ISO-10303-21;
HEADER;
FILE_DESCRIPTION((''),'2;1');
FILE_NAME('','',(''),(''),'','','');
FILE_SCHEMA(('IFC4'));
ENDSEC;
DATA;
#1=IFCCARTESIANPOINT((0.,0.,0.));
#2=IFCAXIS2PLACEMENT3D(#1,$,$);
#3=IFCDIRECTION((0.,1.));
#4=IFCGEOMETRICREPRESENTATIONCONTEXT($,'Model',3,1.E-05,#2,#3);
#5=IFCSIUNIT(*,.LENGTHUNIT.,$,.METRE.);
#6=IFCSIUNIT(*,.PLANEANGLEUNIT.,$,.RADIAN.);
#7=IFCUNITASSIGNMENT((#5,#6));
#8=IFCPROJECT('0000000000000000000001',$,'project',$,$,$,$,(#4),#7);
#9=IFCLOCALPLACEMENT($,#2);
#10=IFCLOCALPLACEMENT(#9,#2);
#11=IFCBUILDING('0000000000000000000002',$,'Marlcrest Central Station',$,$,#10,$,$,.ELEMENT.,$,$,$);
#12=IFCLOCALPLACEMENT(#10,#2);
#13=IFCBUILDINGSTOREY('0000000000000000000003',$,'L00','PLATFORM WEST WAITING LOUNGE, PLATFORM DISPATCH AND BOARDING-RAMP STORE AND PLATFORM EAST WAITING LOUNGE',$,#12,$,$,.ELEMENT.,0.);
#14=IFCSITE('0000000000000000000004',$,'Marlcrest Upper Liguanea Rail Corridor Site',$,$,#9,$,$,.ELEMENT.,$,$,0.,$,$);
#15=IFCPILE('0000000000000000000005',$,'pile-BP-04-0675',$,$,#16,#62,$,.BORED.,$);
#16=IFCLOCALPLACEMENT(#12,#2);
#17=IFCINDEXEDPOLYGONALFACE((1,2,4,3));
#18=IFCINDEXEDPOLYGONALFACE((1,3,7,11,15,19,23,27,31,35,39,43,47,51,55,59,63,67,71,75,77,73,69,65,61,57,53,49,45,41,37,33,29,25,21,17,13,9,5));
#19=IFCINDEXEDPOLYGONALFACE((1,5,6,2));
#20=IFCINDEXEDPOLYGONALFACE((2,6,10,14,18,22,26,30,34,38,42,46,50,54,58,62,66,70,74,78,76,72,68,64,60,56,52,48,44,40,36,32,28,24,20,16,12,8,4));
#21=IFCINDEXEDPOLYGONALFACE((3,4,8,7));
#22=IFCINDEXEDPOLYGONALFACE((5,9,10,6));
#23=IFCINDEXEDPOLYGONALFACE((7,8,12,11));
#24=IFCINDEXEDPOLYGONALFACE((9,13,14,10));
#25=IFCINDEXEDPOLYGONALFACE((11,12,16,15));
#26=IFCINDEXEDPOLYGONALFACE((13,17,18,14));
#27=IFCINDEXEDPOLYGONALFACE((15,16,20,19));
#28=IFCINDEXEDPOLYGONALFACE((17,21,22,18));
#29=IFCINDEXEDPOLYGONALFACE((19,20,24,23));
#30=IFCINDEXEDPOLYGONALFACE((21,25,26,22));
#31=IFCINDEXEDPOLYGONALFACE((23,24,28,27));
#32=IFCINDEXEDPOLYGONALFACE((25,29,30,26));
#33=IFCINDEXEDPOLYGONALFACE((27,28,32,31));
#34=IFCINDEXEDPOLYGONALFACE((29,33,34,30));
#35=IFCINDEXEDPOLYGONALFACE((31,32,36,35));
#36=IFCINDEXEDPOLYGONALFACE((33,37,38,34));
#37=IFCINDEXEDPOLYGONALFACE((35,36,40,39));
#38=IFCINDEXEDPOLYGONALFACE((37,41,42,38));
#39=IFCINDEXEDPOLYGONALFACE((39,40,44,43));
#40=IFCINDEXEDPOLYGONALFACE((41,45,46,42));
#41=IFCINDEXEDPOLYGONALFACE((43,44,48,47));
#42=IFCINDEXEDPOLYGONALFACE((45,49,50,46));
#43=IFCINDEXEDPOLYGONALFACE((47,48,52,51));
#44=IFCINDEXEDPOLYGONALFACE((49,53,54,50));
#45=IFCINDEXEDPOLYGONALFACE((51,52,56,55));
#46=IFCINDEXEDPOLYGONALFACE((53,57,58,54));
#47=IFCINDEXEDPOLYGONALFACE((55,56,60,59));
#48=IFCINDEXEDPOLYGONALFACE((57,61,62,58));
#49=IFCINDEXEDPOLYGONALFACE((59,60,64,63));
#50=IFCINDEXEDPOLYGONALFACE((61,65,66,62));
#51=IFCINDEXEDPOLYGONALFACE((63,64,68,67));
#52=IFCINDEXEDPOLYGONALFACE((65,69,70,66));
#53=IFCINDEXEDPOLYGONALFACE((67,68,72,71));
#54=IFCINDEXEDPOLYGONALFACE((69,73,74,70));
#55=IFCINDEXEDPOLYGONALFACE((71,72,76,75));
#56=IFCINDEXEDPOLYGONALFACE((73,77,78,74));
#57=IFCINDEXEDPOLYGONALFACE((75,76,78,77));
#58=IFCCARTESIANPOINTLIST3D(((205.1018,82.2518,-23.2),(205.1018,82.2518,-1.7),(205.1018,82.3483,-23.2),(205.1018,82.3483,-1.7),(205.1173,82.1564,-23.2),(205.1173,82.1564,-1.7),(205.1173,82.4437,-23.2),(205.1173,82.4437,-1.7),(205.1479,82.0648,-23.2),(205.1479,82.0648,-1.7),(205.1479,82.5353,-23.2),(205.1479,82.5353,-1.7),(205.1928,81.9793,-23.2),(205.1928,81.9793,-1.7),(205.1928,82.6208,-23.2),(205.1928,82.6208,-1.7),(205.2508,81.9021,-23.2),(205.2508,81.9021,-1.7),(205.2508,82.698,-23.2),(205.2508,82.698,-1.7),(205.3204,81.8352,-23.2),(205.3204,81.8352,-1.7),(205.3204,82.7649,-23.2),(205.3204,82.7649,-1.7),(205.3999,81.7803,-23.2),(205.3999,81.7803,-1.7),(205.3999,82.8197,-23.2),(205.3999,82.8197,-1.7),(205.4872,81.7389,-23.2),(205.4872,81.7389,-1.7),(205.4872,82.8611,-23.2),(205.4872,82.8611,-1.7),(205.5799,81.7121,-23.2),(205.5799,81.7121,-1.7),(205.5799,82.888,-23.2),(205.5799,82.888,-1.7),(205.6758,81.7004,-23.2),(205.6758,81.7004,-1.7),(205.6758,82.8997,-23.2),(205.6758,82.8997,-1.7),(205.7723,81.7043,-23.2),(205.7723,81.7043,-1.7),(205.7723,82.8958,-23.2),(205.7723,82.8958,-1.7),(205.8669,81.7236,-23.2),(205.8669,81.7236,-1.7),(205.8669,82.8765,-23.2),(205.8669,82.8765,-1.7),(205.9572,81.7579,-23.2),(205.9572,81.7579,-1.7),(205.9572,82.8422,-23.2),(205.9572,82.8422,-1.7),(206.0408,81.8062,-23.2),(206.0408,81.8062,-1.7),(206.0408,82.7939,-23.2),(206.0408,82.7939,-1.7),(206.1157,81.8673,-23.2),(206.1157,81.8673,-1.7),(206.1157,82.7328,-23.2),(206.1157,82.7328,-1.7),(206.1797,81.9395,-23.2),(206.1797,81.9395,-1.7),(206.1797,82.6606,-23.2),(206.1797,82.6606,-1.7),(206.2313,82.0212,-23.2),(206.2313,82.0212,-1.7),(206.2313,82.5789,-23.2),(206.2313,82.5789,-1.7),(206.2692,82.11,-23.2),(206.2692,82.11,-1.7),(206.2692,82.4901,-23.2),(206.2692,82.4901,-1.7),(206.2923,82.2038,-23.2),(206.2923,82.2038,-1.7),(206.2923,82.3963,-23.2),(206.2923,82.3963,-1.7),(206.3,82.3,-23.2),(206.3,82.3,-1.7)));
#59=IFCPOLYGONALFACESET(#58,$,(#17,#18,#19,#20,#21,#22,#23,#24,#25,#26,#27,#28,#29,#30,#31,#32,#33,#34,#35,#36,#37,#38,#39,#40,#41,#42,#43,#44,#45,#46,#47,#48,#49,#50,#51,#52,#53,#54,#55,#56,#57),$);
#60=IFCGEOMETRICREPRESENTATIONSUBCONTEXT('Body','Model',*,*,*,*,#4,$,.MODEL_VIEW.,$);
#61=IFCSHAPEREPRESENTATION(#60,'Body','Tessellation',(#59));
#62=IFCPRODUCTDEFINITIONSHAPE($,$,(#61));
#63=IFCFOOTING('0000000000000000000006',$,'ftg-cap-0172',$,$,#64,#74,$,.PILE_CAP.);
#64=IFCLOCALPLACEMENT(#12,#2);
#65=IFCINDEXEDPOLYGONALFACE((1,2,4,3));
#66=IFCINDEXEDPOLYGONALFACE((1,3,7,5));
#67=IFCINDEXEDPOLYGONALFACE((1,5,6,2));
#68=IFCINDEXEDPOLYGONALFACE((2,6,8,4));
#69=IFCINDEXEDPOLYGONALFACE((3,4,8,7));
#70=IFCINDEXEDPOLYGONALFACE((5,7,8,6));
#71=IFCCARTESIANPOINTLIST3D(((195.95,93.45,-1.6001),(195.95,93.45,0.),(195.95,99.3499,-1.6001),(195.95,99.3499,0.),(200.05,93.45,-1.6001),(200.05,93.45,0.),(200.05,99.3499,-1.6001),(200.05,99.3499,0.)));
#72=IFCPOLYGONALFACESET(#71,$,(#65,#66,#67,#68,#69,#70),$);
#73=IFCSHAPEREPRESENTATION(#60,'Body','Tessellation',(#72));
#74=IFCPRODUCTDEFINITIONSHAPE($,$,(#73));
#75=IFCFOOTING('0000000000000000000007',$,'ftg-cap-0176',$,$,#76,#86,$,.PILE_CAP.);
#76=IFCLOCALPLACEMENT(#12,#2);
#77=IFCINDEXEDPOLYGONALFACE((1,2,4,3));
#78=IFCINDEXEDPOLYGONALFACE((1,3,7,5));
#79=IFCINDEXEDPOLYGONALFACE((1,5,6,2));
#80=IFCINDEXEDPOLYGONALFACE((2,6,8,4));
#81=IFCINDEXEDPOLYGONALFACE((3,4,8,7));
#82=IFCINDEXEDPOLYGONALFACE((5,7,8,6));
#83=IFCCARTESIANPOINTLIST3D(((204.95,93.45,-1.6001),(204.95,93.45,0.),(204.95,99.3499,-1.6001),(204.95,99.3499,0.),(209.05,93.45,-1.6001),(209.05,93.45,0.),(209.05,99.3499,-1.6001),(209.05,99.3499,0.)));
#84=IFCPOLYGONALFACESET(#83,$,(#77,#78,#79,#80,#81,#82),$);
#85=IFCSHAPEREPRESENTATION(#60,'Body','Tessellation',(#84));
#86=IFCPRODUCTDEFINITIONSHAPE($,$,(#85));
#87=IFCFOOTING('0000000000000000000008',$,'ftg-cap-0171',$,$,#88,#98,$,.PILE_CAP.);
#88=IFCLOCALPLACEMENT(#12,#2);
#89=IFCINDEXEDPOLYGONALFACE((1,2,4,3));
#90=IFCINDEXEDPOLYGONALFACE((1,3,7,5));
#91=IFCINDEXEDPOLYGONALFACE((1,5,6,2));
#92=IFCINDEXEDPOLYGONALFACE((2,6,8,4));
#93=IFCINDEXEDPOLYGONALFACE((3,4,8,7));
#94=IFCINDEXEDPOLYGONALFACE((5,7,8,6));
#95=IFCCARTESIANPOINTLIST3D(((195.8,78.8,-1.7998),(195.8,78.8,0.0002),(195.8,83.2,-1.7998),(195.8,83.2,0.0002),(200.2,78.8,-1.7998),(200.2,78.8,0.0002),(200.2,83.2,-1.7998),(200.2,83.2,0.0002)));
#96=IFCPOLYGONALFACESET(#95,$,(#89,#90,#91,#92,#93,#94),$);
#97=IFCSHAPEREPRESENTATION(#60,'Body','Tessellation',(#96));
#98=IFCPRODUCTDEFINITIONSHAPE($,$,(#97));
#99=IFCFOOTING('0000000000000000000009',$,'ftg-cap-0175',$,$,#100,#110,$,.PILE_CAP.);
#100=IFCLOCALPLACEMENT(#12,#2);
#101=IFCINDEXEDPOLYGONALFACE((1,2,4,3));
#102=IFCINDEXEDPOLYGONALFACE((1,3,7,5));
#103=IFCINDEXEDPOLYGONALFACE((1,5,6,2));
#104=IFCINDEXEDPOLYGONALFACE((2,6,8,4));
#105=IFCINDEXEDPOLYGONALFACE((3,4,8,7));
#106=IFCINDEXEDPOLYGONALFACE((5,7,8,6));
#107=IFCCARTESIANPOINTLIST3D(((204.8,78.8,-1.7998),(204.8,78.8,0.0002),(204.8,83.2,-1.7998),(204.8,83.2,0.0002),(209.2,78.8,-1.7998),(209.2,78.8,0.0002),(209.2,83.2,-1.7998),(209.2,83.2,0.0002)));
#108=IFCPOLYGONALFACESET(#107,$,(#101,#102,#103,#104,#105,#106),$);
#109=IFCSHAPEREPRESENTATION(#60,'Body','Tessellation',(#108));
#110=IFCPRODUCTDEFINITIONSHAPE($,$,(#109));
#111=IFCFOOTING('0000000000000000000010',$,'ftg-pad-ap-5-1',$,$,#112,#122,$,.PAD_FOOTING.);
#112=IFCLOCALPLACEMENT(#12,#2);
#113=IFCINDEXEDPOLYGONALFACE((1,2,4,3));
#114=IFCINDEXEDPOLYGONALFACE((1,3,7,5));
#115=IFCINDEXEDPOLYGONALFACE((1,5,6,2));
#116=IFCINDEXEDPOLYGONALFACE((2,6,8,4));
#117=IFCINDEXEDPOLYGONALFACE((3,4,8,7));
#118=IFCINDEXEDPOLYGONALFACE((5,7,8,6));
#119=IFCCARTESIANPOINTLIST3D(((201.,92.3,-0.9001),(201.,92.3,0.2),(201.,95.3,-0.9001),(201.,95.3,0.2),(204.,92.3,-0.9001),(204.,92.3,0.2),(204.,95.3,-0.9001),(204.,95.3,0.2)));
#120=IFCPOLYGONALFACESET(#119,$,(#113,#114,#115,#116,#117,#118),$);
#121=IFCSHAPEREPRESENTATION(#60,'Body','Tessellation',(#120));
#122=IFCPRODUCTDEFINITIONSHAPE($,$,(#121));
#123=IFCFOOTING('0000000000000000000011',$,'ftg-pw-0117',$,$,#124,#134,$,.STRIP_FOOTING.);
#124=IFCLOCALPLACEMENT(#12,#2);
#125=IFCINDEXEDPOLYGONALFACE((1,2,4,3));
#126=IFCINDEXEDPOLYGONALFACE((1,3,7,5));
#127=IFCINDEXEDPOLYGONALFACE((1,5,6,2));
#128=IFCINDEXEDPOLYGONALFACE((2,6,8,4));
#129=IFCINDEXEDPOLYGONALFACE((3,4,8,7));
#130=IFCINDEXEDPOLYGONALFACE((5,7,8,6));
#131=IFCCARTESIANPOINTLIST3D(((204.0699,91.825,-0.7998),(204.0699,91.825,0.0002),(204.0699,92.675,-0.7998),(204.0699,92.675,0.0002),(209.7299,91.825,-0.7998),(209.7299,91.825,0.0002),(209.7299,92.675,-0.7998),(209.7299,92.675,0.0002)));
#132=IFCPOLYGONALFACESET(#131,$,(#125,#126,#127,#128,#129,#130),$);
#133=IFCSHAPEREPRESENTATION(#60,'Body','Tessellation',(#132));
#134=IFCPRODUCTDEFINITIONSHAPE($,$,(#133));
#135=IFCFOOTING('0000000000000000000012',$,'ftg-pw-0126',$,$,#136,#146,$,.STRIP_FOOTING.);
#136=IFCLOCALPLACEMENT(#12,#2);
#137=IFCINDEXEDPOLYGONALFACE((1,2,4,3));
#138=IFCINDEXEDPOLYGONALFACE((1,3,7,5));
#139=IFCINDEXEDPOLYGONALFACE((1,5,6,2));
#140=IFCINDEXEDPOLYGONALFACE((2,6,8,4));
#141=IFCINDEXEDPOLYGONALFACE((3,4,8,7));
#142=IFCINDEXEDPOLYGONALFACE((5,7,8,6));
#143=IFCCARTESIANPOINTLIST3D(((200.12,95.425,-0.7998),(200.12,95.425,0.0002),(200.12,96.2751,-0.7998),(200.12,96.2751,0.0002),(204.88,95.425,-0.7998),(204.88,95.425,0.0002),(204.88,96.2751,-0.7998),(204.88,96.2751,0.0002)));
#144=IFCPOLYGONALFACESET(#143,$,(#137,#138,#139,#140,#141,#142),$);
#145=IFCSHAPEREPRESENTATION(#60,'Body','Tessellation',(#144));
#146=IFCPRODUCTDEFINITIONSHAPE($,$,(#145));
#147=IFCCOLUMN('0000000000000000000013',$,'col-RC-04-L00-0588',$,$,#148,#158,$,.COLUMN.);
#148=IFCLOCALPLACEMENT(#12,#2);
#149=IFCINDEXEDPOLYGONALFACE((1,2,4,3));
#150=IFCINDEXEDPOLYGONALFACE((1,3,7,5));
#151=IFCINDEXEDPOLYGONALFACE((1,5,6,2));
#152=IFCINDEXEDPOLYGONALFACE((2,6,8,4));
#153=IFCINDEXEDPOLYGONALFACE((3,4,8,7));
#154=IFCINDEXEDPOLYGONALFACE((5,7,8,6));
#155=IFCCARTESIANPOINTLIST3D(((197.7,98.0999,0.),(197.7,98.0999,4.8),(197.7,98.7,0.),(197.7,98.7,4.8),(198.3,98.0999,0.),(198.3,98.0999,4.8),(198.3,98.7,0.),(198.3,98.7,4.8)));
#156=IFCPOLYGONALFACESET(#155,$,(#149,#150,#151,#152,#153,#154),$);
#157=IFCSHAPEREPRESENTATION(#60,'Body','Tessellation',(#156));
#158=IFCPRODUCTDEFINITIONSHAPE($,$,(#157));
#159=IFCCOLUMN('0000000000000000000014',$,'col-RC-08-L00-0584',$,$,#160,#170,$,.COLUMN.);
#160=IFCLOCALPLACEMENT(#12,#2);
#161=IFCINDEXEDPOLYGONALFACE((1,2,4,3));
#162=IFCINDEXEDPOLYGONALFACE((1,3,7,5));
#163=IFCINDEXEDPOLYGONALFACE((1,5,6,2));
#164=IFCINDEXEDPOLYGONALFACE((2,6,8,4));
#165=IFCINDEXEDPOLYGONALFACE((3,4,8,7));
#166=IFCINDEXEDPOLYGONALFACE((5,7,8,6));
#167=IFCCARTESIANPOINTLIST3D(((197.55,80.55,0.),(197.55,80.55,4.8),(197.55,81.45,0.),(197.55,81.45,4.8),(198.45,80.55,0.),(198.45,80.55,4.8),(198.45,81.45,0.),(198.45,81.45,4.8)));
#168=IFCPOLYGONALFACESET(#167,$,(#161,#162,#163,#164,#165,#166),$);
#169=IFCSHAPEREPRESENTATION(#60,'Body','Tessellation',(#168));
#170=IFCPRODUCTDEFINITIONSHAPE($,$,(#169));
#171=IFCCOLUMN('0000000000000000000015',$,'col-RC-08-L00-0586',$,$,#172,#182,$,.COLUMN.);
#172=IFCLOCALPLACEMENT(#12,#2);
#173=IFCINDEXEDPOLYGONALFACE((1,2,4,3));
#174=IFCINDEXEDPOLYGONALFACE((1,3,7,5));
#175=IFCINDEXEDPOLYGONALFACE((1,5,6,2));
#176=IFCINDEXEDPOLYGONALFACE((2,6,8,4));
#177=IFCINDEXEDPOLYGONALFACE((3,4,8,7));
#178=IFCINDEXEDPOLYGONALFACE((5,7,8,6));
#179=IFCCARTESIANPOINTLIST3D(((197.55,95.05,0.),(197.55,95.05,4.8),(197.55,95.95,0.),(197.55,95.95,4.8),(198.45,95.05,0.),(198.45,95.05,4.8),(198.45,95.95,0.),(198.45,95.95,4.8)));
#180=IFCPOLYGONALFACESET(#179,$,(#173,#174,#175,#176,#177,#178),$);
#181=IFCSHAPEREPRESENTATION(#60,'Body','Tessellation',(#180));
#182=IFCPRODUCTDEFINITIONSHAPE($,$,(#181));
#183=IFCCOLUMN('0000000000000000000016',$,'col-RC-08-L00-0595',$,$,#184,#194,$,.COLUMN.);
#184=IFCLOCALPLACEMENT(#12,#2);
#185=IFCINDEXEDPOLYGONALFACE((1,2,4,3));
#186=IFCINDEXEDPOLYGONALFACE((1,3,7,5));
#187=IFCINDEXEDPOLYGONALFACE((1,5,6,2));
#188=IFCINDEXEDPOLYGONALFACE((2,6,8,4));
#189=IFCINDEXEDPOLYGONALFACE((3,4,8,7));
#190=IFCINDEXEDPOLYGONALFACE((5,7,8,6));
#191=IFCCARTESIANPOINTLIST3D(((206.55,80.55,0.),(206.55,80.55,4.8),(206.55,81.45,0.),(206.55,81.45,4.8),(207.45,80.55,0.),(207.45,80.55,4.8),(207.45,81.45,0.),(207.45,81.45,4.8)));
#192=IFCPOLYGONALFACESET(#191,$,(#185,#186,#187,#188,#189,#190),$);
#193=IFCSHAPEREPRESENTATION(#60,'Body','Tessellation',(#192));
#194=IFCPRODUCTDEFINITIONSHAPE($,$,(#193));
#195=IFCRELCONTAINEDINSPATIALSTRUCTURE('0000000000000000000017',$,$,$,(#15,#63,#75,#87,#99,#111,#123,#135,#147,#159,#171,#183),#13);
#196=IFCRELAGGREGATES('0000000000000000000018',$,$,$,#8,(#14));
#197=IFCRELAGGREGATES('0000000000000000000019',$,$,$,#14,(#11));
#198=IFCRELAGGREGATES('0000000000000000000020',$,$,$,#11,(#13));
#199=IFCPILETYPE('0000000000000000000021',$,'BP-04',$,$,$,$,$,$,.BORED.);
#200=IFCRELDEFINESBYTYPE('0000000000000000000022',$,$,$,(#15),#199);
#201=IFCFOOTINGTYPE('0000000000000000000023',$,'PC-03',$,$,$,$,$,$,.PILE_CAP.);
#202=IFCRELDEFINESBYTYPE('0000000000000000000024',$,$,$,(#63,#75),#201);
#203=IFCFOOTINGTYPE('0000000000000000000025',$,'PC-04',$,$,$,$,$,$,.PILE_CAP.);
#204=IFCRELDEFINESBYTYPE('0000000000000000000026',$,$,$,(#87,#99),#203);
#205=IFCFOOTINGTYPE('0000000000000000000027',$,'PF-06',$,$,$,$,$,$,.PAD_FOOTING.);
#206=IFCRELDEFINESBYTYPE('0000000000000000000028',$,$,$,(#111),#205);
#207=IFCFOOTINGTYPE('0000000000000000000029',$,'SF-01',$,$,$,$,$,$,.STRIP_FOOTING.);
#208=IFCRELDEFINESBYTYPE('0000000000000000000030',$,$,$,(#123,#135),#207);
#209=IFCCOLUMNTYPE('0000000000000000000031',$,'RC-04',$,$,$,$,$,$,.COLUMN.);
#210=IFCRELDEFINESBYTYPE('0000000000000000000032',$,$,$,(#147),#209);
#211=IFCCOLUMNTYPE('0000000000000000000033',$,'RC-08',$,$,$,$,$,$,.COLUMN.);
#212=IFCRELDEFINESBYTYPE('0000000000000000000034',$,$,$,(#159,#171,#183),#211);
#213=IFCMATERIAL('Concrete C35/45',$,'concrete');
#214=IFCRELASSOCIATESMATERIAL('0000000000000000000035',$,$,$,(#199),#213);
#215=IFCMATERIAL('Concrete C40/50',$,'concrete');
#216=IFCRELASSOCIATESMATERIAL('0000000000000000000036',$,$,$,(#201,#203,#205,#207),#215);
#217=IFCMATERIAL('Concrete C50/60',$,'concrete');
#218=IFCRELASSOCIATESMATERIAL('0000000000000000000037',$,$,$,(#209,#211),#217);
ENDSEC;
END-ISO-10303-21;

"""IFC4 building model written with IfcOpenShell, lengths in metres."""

from ifc_helpers import new_model, si_unit, direction, frame, origin, origin_2d, place, context, subcontext, project, spatial, rectangle, circle, extrude, material, material_profile, profile_set, type_object, element, save


model = new_model("IFC4")

# Units and contexts
model_context = context("Model", 3, precision=1e-05, world=origin(), true_north=direction((0.0, 1.0)))
body_context = subcontext(model_context, "Body", "Model", "MODEL_VIEW")
ifc_project = project(units=[si_unit("LENGTHUNIT", "METRE"), si_unit("PLANEANGLEUNIT", "RADIAN")], contexts=[model_context])

# Site, building, storey
site_placement = place(None, origin())
site = spatial("IfcSite", under=ifc_project, at=site_placement, Name="Marlcrest Upper Liguanea Rail Corridor Site", CompositionType="ELEMENT", RefElevation=0.0)
building_placement = place(site_placement, origin())
building = spatial("IfcBuilding", under=site, at=building_placement, Name="Marlcrest Central Station", CompositionType="ELEMENT")
storey_placement = place(building_placement, origin())
storey = spatial("IfcBuildingStorey", under=building, at=storey_placement, Name="L00", Description="PLATFORM WEST WAITING LOUNGE, PLATFORM DISPATCH AND BOARDING-RAMP STORE AND PLATFORM EAST WAITING LOUNGE", CompositionType="ELEMENT", Elevation=0.0)

# Pile
ifc_material_1 = material(Name="Concrete C35/45", Category="concrete")
ifc_material_profile_1 = material_profile(ifc_material_1, circle(Radius=0.6001, at=origin_2d()), Name="PILE D1200")
ifc_profile_set_1 = profile_set([ifc_material_profile_1], Name="Concrete C35/45")
pile_type_1 = type_object("IfcPileType", Name="BP-04", PredefinedType="BORED", material=ifc_profile_set_1)
for number, where, z_axis, x_axis, name in (
    (1, (205.7, 82.3, -1.7), (0.0, 0.0, -1.0), (1.0, 0.0, 0.0), "pile-BP-04-0675"),
):
    element("IfcPile", number, at=place(storey_placement, frame(where, z_axis=z_axis, x_axis=x_axis)), inside=storey, type_object=pile_type_1, Name=name, PredefinedType="BORED", context=body_context, shape_type="SweptSolid", body=[
        extrude(circle(Radius=0.6001, at=origin_2d()), origin(), (0.0, 0.0, 1.0), 21.5),
    ])

# Footings
ifc_material_2 = material(Name="Concrete C40/50", Category="concrete")
footing_type_1 = type_object("IfcFootingType", Name="PC-03", PredefinedType="PILE_CAP", material=ifc_material_2)
for number, where, z_axis, x_axis, name in (
    (2, (198.0, 96.3999, -1.6001), (0.0, 0.0, 1.0), (1.0, 0.0, 0.0), "ftg-cap-0172"),
    (3, (207.0, 96.3999, -1.6001), (0.0, 0.0, 1.0), (1.0, 0.0, 0.0), "ftg-cap-0176"),
):
    element("IfcFooting", number, at=place(storey_placement, frame(where, z_axis=z_axis, x_axis=x_axis)), inside=storey, type_object=footing_type_1, Name=name, PredefinedType="PILE_CAP", context=body_context, shape_type="SweptSolid", body=[
        extrude(rectangle(XDim=4.1001, YDim=5.8999, at=origin_2d()), origin(), (0.0, 0.0, 1.0), 1.6001),
    ])
footing_type_2 = type_object("IfcFootingType", Name="PC-04", PredefinedType="PILE_CAP", material=ifc_material_2)
for number, where, z_axis, x_axis, name in (
    (4, (198.0, 81.0, -1.7998), (0.0, 0.0, 1.0), (1.0, 0.0, 0.0), "ftg-cap-0171"),
    (5, (207.0, 81.0, -1.7998), (0.0, 0.0, 1.0), (1.0, 0.0, 0.0), "ftg-cap-0175"),
):
    element("IfcFooting", number, at=place(storey_placement, frame(where, z_axis=z_axis, x_axis=x_axis)), inside=storey, type_object=footing_type_2, Name=name, PredefinedType="PILE_CAP", context=body_context, shape_type="SweptSolid", body=[
        extrude(rectangle(XDim=4.3999, YDim=4.3999, at=origin_2d()), origin(), (0.0, 0.0, 1.0), 1.8),
    ])
footing_type_3 = type_object("IfcFootingType", Name="PF-06", PredefinedType="PAD_FOOTING", material=ifc_material_2)
footing_1_placement = place(storey_placement, frame((202.5, 93.8, -0.9001), z_axis=(0.0, 0.0, 1.0), x_axis=(1.0, 0.0, 0.0)))
element("IfcFooting", 6, at=footing_1_placement, inside=storey, type_object=footing_type_3, Name="ftg-pad-ap-5-1", PredefinedType="PAD_FOOTING", context=body_context, shape_type="SweptSolid", body=[
    extrude(rectangle(XDim=3.0, YDim=3.0, at=origin_2d()), origin(), (0.0, 0.0, 1.0), 1.1001),
])
footing_type_4 = type_object("IfcFootingType", Name="SF-01", PredefinedType="STRIP_FOOTING", material=ifc_material_2)
footing_2_placement = place(storey_placement, frame((206.8999, 92.25, -0.7998), z_axis=(0.0, 0.0, 1.0), x_axis=(1.0, 0.0, 0.0)))
element("IfcFooting", 7, at=footing_2_placement, inside=storey, type_object=footing_type_4, Name="ftg-pw-0117", PredefinedType="STRIP_FOOTING", context=body_context, shape_type="SweptSolid", body=[
    extrude(rectangle(XDim=5.6599, YDim=0.8501, at=origin_2d()), origin(), (0.0, 0.0, 1.0), 0.8),
])
footing_3_placement = place(storey_placement, frame((202.5, 95.8501, -0.7998), z_axis=(0.0, 0.0, 1.0), x_axis=(1.0, 0.0, 0.0)))
element("IfcFooting", 8, at=footing_3_placement, inside=storey, type_object=footing_type_4, Name="ftg-pw-0126", PredefinedType="STRIP_FOOTING", context=body_context, shape_type="SweptSolid", body=[
    extrude(rectangle(XDim=4.76, YDim=0.8501, at=origin_2d()), origin(), (0.0, 0.0, 1.0), 0.8),
])

# Columns
ifc_material_3 = material(Name="Concrete C50/60", Category="concrete")
ifc_material_profile_2 = material_profile(ifc_material_3, rectangle(XDim=0.6001, YDim=0.6001, at=origin_2d()), Name="RC 600x600")
ifc_profile_set_2 = profile_set([ifc_material_profile_2], Name="Concrete C50/60")
column_type_1 = type_object("IfcColumnType", Name="RC-04", PredefinedType="COLUMN", material=ifc_profile_set_2)
column_1_placement = place(storey_placement, frame((198.0, 98.3999, 0.0), z_axis=(0.0, 0.0, 1.0), x_axis=(1.0, 0.0, 0.0)))
element("IfcColumn", 9, at=column_1_placement, inside=storey, type_object=column_type_1, Name="col-RC-04-L00-0588", PredefinedType="COLUMN", context=body_context, shape_type="SweptSolid", body=[
    extrude(rectangle(XDim=0.6001, YDim=0.6001, at=origin_2d()), origin(), (0.0, 0.0, 1.0), 4.8),
])
ifc_material_profile_3 = material_profile(ifc_material_3, rectangle(XDim=0.8999, YDim=0.8999, at=origin_2d()), Name="RC 900x900")
ifc_profile_set_3 = profile_set([ifc_material_profile_3], Name="Concrete C50/60")
column_type_2 = type_object("IfcColumnType", Name="RC-08", PredefinedType="COLUMN", material=ifc_profile_set_3)
for number, where, z_axis, x_axis, name in (
    (10, (198.0, 81.0, 0.0), (0.0, 0.0, 1.0), (1.0, 0.0, 0.0), "col-RC-08-L00-0584"),
    (11, (198.0, 95.5, 0.0), (0.0, 0.0, 1.0), (1.0, 0.0, 0.0), "col-RC-08-L00-0586"),
    (12, (207.0, 81.0, 0.0), (0.0, 0.0, 1.0), (1.0, 0.0, 0.0), "col-RC-08-L00-0595"),
):
    element("IfcColumn", number, at=place(storey_placement, frame(where, z_axis=z_axis, x_axis=x_axis)), inside=storey, type_object=column_type_2, Name=name, PredefinedType="COLUMN", context=body_context, shape_type="SweptSolid", body=[
        extrude(rectangle(XDim=0.8999, YDim=0.8999, at=origin_2d()), origin(), (0.0, 0.0, 1.0), 4.8),
    ])

save(model, "model.ifc")
